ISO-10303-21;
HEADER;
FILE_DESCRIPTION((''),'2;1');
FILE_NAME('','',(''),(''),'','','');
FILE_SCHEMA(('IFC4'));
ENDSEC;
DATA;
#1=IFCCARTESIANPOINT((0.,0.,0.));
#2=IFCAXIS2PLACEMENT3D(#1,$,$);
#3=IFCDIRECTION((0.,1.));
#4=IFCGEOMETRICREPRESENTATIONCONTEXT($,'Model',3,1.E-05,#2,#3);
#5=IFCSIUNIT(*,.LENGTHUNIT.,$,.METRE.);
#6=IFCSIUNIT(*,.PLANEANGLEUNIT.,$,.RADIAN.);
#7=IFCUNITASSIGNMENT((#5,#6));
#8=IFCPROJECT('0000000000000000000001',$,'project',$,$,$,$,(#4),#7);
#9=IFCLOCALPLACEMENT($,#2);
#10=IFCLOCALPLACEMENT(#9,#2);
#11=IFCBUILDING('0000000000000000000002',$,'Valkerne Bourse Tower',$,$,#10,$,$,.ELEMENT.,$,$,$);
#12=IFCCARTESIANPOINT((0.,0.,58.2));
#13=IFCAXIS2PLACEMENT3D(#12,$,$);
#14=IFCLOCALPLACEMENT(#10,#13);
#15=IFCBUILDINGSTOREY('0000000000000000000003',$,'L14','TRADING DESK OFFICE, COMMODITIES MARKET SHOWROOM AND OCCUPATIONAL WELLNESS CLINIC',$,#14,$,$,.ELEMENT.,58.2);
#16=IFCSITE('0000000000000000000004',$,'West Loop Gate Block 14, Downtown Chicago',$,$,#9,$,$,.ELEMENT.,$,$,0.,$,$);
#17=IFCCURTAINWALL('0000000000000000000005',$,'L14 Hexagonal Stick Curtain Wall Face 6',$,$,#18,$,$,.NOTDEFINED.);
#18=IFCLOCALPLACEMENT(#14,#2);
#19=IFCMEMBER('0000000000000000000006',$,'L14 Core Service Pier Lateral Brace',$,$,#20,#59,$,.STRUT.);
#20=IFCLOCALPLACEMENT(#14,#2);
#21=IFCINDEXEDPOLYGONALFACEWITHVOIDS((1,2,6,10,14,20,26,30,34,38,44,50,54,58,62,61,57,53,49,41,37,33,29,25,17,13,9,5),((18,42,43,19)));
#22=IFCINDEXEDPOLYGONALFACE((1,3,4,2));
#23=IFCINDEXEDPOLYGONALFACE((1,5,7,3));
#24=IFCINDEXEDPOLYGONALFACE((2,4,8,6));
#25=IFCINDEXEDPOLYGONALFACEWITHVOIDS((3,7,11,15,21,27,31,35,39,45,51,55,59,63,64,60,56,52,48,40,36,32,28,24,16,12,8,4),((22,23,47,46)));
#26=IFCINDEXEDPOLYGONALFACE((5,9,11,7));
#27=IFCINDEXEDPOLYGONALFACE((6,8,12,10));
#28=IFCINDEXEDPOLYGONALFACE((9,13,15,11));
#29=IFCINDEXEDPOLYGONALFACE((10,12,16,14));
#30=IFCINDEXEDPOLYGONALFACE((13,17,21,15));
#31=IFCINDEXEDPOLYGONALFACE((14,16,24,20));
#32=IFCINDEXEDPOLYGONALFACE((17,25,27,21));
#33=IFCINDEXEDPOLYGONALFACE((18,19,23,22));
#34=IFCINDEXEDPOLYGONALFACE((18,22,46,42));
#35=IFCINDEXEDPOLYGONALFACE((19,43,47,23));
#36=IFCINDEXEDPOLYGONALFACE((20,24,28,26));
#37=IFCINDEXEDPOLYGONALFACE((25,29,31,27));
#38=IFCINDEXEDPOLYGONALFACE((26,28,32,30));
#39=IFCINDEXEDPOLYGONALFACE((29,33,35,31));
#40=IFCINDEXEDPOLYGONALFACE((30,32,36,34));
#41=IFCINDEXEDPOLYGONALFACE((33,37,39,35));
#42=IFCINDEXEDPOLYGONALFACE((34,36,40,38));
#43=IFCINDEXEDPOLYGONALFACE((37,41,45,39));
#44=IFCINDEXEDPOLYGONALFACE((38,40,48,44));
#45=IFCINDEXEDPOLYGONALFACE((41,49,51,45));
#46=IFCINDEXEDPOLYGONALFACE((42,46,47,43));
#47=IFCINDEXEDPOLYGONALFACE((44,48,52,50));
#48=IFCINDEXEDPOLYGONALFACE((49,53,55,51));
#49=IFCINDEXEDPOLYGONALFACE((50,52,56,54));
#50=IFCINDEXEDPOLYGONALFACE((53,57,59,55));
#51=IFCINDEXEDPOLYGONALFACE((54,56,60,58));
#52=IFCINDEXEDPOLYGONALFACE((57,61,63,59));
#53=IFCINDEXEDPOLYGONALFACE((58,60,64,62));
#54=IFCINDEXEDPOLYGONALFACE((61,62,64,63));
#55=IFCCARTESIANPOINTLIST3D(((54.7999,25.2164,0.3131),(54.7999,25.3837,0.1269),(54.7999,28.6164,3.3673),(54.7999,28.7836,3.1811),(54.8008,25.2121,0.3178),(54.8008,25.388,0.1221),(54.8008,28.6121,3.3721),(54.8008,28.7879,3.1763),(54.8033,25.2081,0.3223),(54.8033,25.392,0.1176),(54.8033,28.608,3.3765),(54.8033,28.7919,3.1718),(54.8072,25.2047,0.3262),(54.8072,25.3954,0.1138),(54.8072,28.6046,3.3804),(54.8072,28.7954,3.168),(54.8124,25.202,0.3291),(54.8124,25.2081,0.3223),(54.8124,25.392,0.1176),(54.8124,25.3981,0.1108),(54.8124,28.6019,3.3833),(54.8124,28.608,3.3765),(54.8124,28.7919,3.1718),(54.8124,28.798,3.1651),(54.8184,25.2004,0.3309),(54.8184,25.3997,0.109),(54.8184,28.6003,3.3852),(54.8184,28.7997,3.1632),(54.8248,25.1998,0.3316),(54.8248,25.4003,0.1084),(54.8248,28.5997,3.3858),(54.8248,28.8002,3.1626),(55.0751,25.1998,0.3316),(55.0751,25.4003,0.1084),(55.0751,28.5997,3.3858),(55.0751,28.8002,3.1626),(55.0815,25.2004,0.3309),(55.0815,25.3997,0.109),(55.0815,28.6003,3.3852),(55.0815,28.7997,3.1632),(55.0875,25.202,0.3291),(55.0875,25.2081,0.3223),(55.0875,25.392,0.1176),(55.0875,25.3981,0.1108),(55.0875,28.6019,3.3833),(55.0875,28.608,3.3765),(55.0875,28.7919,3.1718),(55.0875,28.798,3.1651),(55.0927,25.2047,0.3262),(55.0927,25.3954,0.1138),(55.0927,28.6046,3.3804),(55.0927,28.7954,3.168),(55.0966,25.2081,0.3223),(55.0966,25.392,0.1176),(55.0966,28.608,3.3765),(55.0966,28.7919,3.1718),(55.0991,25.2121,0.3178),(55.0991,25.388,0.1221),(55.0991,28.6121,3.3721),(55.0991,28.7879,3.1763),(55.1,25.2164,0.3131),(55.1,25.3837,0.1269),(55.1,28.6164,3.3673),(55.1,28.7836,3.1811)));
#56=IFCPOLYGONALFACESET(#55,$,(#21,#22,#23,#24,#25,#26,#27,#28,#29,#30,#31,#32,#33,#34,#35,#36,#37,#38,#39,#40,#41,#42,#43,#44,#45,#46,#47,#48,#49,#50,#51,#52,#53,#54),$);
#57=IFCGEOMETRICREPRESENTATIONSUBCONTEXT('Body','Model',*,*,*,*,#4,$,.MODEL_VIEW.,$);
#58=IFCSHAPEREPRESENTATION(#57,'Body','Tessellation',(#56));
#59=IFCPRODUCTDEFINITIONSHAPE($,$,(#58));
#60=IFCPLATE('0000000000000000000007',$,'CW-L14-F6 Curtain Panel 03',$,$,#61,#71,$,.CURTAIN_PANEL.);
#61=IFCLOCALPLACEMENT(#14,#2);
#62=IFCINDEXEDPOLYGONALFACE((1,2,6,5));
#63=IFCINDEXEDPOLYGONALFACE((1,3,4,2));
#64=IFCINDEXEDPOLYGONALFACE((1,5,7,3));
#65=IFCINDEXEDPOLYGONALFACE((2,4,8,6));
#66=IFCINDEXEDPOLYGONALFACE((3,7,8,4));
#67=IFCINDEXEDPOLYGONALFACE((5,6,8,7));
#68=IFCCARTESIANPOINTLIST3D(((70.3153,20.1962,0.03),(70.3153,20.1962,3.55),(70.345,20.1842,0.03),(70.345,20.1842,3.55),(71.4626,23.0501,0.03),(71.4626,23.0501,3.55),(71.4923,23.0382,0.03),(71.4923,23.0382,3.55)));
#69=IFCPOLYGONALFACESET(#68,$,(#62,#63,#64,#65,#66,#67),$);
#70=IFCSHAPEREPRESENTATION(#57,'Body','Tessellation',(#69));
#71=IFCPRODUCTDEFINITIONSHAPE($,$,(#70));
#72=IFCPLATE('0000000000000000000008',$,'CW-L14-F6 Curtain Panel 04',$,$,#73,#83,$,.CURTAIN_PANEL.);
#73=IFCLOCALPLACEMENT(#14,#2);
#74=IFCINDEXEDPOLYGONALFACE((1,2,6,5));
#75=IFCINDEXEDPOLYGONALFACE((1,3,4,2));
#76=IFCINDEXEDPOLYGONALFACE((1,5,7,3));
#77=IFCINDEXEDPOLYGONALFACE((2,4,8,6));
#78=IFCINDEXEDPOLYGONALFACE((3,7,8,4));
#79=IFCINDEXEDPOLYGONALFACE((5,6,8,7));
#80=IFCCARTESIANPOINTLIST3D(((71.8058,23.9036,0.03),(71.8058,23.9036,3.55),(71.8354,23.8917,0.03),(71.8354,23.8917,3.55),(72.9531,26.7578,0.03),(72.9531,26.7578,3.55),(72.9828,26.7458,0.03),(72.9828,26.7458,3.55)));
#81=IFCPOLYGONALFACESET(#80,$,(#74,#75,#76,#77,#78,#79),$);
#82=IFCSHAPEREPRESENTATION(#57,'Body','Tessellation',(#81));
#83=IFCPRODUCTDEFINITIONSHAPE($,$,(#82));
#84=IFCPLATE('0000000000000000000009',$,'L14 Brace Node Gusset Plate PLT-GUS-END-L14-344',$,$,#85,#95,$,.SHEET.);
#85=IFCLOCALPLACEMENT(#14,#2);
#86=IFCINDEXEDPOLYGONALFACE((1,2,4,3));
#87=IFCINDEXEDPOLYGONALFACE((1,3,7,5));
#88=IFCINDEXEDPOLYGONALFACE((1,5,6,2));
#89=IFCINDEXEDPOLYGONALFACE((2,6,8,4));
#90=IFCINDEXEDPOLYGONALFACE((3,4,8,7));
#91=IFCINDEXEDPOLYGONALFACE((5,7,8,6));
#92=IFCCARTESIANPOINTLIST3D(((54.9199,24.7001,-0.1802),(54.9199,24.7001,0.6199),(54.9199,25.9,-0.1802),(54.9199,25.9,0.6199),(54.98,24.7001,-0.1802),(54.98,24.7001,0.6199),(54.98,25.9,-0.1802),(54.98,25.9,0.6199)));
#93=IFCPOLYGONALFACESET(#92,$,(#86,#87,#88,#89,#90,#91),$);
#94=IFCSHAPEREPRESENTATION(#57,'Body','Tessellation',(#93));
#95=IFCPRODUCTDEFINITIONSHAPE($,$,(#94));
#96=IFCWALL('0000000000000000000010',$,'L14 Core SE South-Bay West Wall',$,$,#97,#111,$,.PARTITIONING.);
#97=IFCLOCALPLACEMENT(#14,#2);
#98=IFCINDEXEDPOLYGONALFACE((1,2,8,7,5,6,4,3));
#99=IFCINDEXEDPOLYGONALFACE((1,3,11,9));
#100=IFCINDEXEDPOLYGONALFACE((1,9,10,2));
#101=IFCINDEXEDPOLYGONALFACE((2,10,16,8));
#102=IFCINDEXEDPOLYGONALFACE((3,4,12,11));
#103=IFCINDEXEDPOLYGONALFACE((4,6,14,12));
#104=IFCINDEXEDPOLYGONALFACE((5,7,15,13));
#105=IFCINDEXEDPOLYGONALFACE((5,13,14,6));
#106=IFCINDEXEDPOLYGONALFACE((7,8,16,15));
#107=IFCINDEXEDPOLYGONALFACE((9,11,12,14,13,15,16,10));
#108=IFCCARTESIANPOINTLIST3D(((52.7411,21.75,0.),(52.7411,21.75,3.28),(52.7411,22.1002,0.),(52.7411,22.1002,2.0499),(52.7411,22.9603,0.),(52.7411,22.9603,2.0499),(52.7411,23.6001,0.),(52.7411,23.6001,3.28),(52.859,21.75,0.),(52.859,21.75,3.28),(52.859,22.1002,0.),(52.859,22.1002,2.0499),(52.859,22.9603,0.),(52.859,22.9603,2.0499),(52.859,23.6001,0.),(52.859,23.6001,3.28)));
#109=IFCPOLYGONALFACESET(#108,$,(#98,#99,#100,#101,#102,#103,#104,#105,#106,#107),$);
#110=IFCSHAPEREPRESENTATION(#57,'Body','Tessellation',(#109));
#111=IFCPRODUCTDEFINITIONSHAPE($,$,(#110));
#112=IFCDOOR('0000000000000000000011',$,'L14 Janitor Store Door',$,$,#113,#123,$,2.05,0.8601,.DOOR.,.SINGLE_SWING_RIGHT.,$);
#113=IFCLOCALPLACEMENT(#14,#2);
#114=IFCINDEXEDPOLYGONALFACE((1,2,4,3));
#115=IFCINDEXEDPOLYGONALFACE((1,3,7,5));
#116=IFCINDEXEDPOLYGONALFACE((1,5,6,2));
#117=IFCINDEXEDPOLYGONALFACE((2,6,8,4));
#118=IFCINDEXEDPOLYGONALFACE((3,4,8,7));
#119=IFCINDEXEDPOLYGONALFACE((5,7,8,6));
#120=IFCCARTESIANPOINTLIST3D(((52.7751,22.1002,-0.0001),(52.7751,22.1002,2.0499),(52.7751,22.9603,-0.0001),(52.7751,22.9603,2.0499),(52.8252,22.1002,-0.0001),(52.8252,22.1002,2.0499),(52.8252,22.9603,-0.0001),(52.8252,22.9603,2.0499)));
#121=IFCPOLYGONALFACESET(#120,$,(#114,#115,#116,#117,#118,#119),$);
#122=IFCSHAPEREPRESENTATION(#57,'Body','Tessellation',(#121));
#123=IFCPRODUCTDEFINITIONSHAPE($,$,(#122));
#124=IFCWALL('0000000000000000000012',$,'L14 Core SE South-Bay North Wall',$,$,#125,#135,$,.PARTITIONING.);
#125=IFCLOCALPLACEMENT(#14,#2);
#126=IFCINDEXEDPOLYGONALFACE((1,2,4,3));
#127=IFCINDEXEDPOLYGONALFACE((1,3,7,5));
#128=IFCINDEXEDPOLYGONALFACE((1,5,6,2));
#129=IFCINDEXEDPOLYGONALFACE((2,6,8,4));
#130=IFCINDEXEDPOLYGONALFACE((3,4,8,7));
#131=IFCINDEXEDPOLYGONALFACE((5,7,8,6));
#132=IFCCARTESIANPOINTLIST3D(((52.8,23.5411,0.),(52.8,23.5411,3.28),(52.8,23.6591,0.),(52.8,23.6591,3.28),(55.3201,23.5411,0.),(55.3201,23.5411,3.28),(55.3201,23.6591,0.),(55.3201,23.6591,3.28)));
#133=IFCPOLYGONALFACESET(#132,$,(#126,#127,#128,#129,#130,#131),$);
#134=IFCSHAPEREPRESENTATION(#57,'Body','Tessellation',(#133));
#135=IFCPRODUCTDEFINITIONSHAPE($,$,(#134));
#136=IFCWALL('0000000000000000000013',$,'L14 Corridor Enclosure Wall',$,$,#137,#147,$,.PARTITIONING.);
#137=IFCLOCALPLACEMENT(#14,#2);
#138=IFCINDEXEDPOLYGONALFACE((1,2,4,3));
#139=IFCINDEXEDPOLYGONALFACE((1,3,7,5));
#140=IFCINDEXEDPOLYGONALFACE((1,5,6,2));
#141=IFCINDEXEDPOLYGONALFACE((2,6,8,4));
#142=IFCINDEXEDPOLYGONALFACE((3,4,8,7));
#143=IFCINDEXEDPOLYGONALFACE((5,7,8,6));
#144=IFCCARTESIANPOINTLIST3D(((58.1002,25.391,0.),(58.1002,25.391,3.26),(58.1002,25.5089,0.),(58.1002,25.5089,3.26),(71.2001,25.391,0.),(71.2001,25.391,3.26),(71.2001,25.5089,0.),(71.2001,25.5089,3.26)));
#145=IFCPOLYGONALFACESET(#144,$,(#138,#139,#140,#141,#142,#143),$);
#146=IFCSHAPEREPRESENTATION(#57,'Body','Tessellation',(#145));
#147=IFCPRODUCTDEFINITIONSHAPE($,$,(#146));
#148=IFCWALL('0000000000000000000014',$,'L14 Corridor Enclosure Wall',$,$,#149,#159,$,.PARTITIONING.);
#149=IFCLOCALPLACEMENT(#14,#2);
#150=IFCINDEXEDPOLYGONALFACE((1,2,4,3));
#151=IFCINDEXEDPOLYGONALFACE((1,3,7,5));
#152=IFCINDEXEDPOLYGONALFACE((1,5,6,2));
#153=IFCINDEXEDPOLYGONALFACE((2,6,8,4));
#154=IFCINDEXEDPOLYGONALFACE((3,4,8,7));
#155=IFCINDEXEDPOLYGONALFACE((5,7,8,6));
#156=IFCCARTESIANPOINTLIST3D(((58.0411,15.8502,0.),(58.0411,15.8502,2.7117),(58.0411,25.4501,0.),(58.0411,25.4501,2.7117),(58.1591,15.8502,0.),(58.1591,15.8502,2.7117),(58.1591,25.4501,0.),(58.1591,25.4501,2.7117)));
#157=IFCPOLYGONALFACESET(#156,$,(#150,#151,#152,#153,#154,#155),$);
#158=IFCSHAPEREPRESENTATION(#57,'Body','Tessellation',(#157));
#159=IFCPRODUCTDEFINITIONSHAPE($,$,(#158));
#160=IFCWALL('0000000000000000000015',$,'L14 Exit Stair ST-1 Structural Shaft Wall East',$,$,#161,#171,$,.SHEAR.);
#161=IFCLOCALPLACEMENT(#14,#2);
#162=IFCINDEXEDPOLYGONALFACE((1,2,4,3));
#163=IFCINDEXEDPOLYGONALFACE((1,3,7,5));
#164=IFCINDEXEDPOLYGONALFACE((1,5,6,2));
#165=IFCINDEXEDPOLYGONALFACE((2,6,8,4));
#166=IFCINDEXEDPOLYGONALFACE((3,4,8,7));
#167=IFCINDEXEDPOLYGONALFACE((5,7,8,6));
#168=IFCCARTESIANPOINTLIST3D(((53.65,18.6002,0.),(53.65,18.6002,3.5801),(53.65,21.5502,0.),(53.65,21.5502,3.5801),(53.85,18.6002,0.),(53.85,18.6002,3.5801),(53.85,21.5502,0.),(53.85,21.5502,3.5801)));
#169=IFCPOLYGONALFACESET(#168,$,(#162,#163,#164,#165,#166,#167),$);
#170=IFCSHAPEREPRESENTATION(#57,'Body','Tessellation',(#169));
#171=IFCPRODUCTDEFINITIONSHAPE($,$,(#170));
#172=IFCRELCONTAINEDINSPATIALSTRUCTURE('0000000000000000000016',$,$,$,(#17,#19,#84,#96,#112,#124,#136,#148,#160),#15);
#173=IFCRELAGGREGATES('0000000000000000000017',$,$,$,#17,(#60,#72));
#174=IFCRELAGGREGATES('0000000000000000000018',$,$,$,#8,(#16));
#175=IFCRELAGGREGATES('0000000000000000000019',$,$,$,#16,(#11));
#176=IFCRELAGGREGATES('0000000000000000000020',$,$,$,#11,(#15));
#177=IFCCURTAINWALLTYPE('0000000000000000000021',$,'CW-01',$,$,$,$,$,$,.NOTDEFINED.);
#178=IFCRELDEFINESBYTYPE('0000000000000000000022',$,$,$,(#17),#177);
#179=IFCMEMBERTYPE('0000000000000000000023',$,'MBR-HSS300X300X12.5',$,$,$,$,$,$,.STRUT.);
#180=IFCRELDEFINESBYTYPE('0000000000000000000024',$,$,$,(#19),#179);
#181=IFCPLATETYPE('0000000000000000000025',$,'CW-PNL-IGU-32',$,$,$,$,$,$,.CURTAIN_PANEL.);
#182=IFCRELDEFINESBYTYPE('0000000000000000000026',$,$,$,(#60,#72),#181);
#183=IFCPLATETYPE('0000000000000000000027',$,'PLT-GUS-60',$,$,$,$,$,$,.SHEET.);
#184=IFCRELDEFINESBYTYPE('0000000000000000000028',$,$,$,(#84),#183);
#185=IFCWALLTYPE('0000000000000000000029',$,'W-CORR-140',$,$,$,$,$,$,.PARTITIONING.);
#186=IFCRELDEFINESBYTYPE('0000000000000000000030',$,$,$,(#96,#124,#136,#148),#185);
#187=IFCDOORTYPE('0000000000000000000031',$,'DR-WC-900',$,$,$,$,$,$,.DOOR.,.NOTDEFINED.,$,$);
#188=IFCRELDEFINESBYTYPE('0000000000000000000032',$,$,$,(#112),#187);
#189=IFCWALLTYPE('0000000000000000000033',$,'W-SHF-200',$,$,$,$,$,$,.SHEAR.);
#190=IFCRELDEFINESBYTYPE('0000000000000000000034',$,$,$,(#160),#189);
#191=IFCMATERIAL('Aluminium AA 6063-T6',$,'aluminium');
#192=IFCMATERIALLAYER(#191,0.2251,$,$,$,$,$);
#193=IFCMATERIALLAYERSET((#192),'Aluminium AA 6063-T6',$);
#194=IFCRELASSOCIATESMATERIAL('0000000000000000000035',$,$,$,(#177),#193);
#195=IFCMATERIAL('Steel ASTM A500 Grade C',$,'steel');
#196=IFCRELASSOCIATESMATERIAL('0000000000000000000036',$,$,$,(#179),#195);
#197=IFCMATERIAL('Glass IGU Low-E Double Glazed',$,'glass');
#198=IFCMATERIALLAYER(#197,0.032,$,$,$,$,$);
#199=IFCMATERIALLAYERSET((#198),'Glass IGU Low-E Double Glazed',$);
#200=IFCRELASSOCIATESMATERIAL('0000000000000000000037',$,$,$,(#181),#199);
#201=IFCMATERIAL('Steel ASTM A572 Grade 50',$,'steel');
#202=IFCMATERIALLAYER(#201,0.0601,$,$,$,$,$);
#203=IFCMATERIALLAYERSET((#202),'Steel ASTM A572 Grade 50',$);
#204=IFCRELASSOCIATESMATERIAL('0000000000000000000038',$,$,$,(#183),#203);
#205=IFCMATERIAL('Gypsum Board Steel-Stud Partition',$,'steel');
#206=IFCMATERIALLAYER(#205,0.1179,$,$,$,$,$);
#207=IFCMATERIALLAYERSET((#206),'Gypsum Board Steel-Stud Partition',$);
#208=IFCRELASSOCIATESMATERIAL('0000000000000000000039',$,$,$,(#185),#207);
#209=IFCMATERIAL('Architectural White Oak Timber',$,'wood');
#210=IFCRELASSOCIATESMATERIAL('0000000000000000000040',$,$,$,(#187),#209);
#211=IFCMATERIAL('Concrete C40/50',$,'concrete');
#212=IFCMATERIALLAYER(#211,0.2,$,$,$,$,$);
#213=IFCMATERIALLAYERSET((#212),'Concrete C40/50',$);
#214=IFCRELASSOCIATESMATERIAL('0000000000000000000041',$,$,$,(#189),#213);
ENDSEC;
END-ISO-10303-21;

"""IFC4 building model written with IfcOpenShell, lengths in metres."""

from ifc_helpers import new_model, si_unit, direction, frame, frame_2d, origin, origin_2d, place, context, subcontext, project, spatial, rectangle, hollow_rectangle, extrude, material, layer, layer_set, material_profile, profile_set, type_object, element, fill, aggregate, save


model = new_model("IFC4")

# Units and contexts
model_context = context("Model", 3, precision=1e-05, world=origin(), true_north=direction((0.0, 1.0)))
body_context = subcontext(model_context, "Body", "Model", "MODEL_VIEW")
ifc_project = project(units=[si_unit("LENGTHUNIT", "METRE"), si_unit("PLANEANGLEUNIT", "RADIAN")], contexts=[model_context])

# Site, building, storey
site_placement = place(None, origin())
site = spatial("IfcSite", under=ifc_project, at=site_placement, Name="West Loop Gate Block 14, Downtown Chicago", CompositionType="ELEMENT", RefElevation=0.0)
building_placement = place(site_placement, origin())
building = spatial("IfcBuilding", under=site, at=building_placement, Name="Valkerne Bourse Tower", CompositionType="ELEMENT")
storey_placement = place(building_placement, frame((0.0, 0.0, 58.2)))
storey = spatial("IfcBuildingStorey", under=building, at=storey_placement, Name="L14", Description="TRADING DESK OFFICE, COMMODITIES MARKET SHOWROOM AND OCCUPATIONAL WELLNESS CLINIC", CompositionType="ELEMENT", Elevation=58.2)

# Curtain wall
ifc_material_1 = material(Name="Aluminium AA 6063-T6", Category="aluminium")
ifc_layer_1 = layer(ifc_material_1, 0.2251)
ifc_layer_set_1 = layer_set([ifc_layer_1], Name="Aluminium AA 6063-T6")
curtain_wall_type = type_object("IfcCurtainWallType", Name="CW-01", PredefinedType="NOTDEFINED", material=ifc_layer_set_1)
curtain_wall_placement = place(storey_placement, origin())
curtain_wall = element("IfcCurtainWall", 1, at=curtain_wall_placement, inside=storey, type_object=curtain_wall_type, Name="L14 Hexagonal Stick Curtain Wall Face 6", PredefinedType="NOTDEFINED")

# Member
ifc_material_2 = material(Name="Steel ASTM A500 Grade C", Category="steel")
ifc_material_profile_1 = material_profile(ifc_material_2, hollow_rectangle(XDim=0.3, YDim=0.3, WallThickness=0.0125, OuterFilletRadius=0.0249, at=origin_2d()), Name="HSS300X300X12.5")
ifc_profile_set_1 = profile_set([ifc_material_profile_1], Name="Steel ASTM A500 Grade C")
member_type_1 = type_object("IfcMemberType", Name="MBR-HSS300X300X12.5", PredefinedType="STRUT", material=ifc_profile_set_1)
member_1_placement = place(storey_placement, frame((54.95, 25.3, 0.22), z_axis=(0.0, 0.743915, 0.668274), x_axis=(-1.0, 0.0, 0.0)))
element("IfcMember", 2, at=member_1_placement, inside=storey, type_object=member_type_1, Name="L14 Core Service Pier Lateral Brace", PredefinedType="STRUT", context=body_context, shape_type="SweptSolid", body=[
    extrude(hollow_rectangle(XDim=0.3, YDim=0.3, WallThickness=0.0125, OuterFilletRadius=0.0249, at=origin_2d()), origin(), (0.0, 0.0, 1.0), 4.5703),
])

# Plates
ifc_material_3 = material(Name="Glass IGU Low-E Double Glazed", Category="glass")
ifc_layer_2 = layer(ifc_material_3, 0.032)
ifc_layer_set_2 = layer_set([ifc_layer_2], Name="Glass IGU Low-E Double Glazed")
plate_type_1 = type_object("IfcPlateType", Name="CW-PNL-IGU-32", PredefinedType="CURTAIN_PANEL", material=ifc_layer_set_2)
plate_1_placement = place(storey_placement, frame((70.9038, 21.6172, 0.03), z_axis=(0.0, 0.0, 1.0), x_axis=(0.372978, 0.92784, 0.0)))
plate_1 = element("IfcPlate", 3, at=plate_1_placement, type_object=plate_type_1, Name="CW-L14-F6 Curtain Panel 03", PredefinedType="CURTAIN_PANEL", context=body_context, shape_type="SweptSolid", body=[
    extrude(rectangle(XDim=3.0759, YDim=0.032, at=origin_2d()), origin(), (0.0, 0.0, 1.0), 3.52),
])
plate_2_placement = place(storey_placement, frame((72.3943, 25.3247, 0.03), z_axis=(0.0, 0.0, 1.0), x_axis=(0.372991, 0.927835, 0.0)))
plate_2 = element("IfcPlate", 4, at=plate_2_placement, type_object=plate_type_1, Name="CW-L14-F6 Curtain Panel 04", PredefinedType="CURTAIN_PANEL", context=body_context, shape_type="SweptSolid", body=[
    extrude(rectangle(XDim=3.0762, YDim=0.032, at=origin_2d()), origin(), (0.0, 0.0, 1.0), 3.52),
])
aggregate(curtain_wall, [plate_1, plate_2])
ifc_material_4 = material(Name="Steel ASTM A572 Grade 50", Category="steel")
ifc_layer_3 = layer(ifc_material_4, 0.0601)
ifc_layer_set_3 = layer_set([ifc_layer_3], Name="Steel ASTM A572 Grade 50")
plate_type_2 = type_object("IfcPlateType", Name="PLT-GUS-60", PredefinedType="SHEET", material=ifc_layer_set_3)
plate_3_placement = place(storey_placement, frame((54.95, 25.3, -0.1802), z_axis=(0.0, 0.0, 1.0), x_axis=(0.0, 1.0, 0.0)))
element("IfcPlate", 5, at=plate_3_placement, inside=storey, type_object=plate_type_2, Name="L14 Brace Node Gusset Plate PLT-GUS-END-L14-344", PredefinedType="SHEET", context=body_context, shape_type="SweptSolid", body=[
    extrude(rectangle(XDim=1.2, YDim=0.0601, at=origin_2d()), origin(), (0.0, 0.0, 1.0), 0.8),
])

# Wall, opening, door
ifc_material_5 = material(Name="Gypsum Board Steel-Stud Partition", Category="steel")
ifc_layer_4 = layer(ifc_material_5, 0.1179)
ifc_layer_set_4 = layer_set([ifc_layer_4], Name="Gypsum Board Steel-Stud Partition")
wall_type_1 = type_object("IfcWallType", Name="W-CORR-140", PredefinedType="PARTITIONING", material=ifc_layer_set_4)
wall_1_placement = place(storey_placement, frame((52.8, 21.75, 0.0), z_axis=(0.0, 0.0, 1.0), x_axis=(0.0, 1.0, 0.0)))
wall_1 = element("IfcWall", 6, at=wall_1_placement, inside=storey, type_object=wall_type_1, Name="L14 Core SE South-Bay West Wall", PredefinedType="PARTITIONING", context=body_context, shape_type="SweptSolid", body=[
    extrude(rectangle(XDim=1.8501, YDim=0.1179, at=frame_2d((0.925, 0.0))), origin(), (0.0, 0.0, 1.0), 3.28),
])
opening_1_placement = place(wall_1_placement, frame((0.3501, 0.0, 0.0)))
opening_1 = element("IfcOpeningElement", 7, at=opening_1_placement, cuts=wall_1, PredefinedType="OPENING", context=body_context, shape_type="SweptSolid", body=[
    extrude(rectangle(XDim=0.8601, YDim=2.05, at=frame_2d((0.4302, 1.0249))), frame((0.0, 0.0688, 0.0), z_axis=(0.0, -1.0, 0.0), x_axis=(1.0, 0.0, 0.0)), (0.0, 0.0, 1.0), 0.1379),
])
ifc_material_6 = material(Name="Architectural White Oak Timber", Category="wood")
door_type_1 = type_object("IfcDoorType", Name="DR-WC-900", OperationType="NOTDEFINED", PredefinedType="DOOR", material=ifc_material_6)
door_1_placement = place(opening_1_placement, origin())
door_1 = element("IfcDoor", 8, at=door_1_placement, inside=storey, type_object=door_type_1, Name="L14 Janitor Store Door", OperationType="SINGLE_SWING_RIGHT", OverallHeight=2.05, OverallWidth=0.8601, PredefinedType="DOOR", context=body_context, shape_type="SweptSolid", body=[
    extrude(rectangle(XDim=0.8601, YDim=2.05, at=frame_2d((0.4302, 1.0249))), frame((0.0, 0.0249, 0.0), z_axis=(0.0, -1.0, 0.0), x_axis=(1.0, 0.0, 0.0)), (0.0, 0.0, 1.0), 0.05),
])
fill(opening_1, door_1)

# Walls
wall_2_placement = place(storey_placement, frame((52.8, 23.6001, 0.0), z_axis=(0.0, 0.0, 1.0), x_axis=(1.0, 0.0, 0.0)))
element("IfcWall", 9, at=wall_2_placement, inside=storey, type_object=wall_type_1, Name="L14 Core SE South-Bay North Wall", PredefinedType="PARTITIONING", context=body_context, shape_type="SweptSolid", body=[
    extrude(rectangle(XDim=2.52, YDim=0.1179, at=frame_2d((1.26, 0.0))), origin(), (0.0, 0.0, 1.0), 3.28),
])
wall_3_placement = place(storey_placement, frame((71.2, 25.45, 0.0), z_axis=(0.0, 0.0, 1.0), x_axis=(-1.0, 0.0, 0.0)))
element("IfcWall", 10, at=wall_3_placement, inside=storey, type_object=wall_type_1, Name="L14 Corridor Enclosure Wall", PredefinedType="PARTITIONING", context=body_context, shape_type="SweptSolid", body=[
    extrude(rectangle(XDim=13.0999, YDim=0.1179, at=frame_2d((6.5498, 0.0))), origin(), (0.0, 0.0, 1.0), 3.26),
])
wall_4_placement = place(storey_placement, frame((58.1001, 25.45, 0.0), z_axis=(0.0, 0.0, 1.0), x_axis=(0.0, -1.0, 0.0)))
element("IfcWall", 11, at=wall_4_placement, inside=storey, type_object=wall_type_1, Name="L14 Corridor Enclosure Wall", PredefinedType="PARTITIONING", context=body_context, shape_type="SweptSolid", body=[
    extrude(rectangle(XDim=9.5999, YDim=0.1179, at=frame_2d((4.7998, 0.0))), origin(), (0.0, 0.0, 1.0), 2.7117),
])
ifc_material_7 = material(Name="Concrete C40/50", Category="concrete")
ifc_layer_5 = layer(ifc_material_7, 0.2)
ifc_layer_set_5 = layer_set([ifc_layer_5], Name="Concrete C40/50")
wall_type_2 = type_object("IfcWallType", Name="W-SHF-200", PredefinedType="SHEAR", material=ifc_layer_set_5)
wall_5_placement = place(storey_placement, frame((53.75, 18.6001, 0.0), z_axis=(0.0, 0.0, 1.0), x_axis=(0.0, 1.0, 0.0)))
element("IfcWall", 12, at=wall_5_placement, inside=storey, type_object=wall_type_2, Name="L14 Exit Stair ST-1 Structural Shaft Wall East", PredefinedType="SHEAR", context=body_context, shape_type="SweptSolid", body=[
    extrude(rectangle(XDim=2.95, YDim=0.2, at=frame_2d((1.4751, 0.0))), origin(), (0.0, 0.0, 1.0), 3.5801),
])

save(model, "model.ifc")
